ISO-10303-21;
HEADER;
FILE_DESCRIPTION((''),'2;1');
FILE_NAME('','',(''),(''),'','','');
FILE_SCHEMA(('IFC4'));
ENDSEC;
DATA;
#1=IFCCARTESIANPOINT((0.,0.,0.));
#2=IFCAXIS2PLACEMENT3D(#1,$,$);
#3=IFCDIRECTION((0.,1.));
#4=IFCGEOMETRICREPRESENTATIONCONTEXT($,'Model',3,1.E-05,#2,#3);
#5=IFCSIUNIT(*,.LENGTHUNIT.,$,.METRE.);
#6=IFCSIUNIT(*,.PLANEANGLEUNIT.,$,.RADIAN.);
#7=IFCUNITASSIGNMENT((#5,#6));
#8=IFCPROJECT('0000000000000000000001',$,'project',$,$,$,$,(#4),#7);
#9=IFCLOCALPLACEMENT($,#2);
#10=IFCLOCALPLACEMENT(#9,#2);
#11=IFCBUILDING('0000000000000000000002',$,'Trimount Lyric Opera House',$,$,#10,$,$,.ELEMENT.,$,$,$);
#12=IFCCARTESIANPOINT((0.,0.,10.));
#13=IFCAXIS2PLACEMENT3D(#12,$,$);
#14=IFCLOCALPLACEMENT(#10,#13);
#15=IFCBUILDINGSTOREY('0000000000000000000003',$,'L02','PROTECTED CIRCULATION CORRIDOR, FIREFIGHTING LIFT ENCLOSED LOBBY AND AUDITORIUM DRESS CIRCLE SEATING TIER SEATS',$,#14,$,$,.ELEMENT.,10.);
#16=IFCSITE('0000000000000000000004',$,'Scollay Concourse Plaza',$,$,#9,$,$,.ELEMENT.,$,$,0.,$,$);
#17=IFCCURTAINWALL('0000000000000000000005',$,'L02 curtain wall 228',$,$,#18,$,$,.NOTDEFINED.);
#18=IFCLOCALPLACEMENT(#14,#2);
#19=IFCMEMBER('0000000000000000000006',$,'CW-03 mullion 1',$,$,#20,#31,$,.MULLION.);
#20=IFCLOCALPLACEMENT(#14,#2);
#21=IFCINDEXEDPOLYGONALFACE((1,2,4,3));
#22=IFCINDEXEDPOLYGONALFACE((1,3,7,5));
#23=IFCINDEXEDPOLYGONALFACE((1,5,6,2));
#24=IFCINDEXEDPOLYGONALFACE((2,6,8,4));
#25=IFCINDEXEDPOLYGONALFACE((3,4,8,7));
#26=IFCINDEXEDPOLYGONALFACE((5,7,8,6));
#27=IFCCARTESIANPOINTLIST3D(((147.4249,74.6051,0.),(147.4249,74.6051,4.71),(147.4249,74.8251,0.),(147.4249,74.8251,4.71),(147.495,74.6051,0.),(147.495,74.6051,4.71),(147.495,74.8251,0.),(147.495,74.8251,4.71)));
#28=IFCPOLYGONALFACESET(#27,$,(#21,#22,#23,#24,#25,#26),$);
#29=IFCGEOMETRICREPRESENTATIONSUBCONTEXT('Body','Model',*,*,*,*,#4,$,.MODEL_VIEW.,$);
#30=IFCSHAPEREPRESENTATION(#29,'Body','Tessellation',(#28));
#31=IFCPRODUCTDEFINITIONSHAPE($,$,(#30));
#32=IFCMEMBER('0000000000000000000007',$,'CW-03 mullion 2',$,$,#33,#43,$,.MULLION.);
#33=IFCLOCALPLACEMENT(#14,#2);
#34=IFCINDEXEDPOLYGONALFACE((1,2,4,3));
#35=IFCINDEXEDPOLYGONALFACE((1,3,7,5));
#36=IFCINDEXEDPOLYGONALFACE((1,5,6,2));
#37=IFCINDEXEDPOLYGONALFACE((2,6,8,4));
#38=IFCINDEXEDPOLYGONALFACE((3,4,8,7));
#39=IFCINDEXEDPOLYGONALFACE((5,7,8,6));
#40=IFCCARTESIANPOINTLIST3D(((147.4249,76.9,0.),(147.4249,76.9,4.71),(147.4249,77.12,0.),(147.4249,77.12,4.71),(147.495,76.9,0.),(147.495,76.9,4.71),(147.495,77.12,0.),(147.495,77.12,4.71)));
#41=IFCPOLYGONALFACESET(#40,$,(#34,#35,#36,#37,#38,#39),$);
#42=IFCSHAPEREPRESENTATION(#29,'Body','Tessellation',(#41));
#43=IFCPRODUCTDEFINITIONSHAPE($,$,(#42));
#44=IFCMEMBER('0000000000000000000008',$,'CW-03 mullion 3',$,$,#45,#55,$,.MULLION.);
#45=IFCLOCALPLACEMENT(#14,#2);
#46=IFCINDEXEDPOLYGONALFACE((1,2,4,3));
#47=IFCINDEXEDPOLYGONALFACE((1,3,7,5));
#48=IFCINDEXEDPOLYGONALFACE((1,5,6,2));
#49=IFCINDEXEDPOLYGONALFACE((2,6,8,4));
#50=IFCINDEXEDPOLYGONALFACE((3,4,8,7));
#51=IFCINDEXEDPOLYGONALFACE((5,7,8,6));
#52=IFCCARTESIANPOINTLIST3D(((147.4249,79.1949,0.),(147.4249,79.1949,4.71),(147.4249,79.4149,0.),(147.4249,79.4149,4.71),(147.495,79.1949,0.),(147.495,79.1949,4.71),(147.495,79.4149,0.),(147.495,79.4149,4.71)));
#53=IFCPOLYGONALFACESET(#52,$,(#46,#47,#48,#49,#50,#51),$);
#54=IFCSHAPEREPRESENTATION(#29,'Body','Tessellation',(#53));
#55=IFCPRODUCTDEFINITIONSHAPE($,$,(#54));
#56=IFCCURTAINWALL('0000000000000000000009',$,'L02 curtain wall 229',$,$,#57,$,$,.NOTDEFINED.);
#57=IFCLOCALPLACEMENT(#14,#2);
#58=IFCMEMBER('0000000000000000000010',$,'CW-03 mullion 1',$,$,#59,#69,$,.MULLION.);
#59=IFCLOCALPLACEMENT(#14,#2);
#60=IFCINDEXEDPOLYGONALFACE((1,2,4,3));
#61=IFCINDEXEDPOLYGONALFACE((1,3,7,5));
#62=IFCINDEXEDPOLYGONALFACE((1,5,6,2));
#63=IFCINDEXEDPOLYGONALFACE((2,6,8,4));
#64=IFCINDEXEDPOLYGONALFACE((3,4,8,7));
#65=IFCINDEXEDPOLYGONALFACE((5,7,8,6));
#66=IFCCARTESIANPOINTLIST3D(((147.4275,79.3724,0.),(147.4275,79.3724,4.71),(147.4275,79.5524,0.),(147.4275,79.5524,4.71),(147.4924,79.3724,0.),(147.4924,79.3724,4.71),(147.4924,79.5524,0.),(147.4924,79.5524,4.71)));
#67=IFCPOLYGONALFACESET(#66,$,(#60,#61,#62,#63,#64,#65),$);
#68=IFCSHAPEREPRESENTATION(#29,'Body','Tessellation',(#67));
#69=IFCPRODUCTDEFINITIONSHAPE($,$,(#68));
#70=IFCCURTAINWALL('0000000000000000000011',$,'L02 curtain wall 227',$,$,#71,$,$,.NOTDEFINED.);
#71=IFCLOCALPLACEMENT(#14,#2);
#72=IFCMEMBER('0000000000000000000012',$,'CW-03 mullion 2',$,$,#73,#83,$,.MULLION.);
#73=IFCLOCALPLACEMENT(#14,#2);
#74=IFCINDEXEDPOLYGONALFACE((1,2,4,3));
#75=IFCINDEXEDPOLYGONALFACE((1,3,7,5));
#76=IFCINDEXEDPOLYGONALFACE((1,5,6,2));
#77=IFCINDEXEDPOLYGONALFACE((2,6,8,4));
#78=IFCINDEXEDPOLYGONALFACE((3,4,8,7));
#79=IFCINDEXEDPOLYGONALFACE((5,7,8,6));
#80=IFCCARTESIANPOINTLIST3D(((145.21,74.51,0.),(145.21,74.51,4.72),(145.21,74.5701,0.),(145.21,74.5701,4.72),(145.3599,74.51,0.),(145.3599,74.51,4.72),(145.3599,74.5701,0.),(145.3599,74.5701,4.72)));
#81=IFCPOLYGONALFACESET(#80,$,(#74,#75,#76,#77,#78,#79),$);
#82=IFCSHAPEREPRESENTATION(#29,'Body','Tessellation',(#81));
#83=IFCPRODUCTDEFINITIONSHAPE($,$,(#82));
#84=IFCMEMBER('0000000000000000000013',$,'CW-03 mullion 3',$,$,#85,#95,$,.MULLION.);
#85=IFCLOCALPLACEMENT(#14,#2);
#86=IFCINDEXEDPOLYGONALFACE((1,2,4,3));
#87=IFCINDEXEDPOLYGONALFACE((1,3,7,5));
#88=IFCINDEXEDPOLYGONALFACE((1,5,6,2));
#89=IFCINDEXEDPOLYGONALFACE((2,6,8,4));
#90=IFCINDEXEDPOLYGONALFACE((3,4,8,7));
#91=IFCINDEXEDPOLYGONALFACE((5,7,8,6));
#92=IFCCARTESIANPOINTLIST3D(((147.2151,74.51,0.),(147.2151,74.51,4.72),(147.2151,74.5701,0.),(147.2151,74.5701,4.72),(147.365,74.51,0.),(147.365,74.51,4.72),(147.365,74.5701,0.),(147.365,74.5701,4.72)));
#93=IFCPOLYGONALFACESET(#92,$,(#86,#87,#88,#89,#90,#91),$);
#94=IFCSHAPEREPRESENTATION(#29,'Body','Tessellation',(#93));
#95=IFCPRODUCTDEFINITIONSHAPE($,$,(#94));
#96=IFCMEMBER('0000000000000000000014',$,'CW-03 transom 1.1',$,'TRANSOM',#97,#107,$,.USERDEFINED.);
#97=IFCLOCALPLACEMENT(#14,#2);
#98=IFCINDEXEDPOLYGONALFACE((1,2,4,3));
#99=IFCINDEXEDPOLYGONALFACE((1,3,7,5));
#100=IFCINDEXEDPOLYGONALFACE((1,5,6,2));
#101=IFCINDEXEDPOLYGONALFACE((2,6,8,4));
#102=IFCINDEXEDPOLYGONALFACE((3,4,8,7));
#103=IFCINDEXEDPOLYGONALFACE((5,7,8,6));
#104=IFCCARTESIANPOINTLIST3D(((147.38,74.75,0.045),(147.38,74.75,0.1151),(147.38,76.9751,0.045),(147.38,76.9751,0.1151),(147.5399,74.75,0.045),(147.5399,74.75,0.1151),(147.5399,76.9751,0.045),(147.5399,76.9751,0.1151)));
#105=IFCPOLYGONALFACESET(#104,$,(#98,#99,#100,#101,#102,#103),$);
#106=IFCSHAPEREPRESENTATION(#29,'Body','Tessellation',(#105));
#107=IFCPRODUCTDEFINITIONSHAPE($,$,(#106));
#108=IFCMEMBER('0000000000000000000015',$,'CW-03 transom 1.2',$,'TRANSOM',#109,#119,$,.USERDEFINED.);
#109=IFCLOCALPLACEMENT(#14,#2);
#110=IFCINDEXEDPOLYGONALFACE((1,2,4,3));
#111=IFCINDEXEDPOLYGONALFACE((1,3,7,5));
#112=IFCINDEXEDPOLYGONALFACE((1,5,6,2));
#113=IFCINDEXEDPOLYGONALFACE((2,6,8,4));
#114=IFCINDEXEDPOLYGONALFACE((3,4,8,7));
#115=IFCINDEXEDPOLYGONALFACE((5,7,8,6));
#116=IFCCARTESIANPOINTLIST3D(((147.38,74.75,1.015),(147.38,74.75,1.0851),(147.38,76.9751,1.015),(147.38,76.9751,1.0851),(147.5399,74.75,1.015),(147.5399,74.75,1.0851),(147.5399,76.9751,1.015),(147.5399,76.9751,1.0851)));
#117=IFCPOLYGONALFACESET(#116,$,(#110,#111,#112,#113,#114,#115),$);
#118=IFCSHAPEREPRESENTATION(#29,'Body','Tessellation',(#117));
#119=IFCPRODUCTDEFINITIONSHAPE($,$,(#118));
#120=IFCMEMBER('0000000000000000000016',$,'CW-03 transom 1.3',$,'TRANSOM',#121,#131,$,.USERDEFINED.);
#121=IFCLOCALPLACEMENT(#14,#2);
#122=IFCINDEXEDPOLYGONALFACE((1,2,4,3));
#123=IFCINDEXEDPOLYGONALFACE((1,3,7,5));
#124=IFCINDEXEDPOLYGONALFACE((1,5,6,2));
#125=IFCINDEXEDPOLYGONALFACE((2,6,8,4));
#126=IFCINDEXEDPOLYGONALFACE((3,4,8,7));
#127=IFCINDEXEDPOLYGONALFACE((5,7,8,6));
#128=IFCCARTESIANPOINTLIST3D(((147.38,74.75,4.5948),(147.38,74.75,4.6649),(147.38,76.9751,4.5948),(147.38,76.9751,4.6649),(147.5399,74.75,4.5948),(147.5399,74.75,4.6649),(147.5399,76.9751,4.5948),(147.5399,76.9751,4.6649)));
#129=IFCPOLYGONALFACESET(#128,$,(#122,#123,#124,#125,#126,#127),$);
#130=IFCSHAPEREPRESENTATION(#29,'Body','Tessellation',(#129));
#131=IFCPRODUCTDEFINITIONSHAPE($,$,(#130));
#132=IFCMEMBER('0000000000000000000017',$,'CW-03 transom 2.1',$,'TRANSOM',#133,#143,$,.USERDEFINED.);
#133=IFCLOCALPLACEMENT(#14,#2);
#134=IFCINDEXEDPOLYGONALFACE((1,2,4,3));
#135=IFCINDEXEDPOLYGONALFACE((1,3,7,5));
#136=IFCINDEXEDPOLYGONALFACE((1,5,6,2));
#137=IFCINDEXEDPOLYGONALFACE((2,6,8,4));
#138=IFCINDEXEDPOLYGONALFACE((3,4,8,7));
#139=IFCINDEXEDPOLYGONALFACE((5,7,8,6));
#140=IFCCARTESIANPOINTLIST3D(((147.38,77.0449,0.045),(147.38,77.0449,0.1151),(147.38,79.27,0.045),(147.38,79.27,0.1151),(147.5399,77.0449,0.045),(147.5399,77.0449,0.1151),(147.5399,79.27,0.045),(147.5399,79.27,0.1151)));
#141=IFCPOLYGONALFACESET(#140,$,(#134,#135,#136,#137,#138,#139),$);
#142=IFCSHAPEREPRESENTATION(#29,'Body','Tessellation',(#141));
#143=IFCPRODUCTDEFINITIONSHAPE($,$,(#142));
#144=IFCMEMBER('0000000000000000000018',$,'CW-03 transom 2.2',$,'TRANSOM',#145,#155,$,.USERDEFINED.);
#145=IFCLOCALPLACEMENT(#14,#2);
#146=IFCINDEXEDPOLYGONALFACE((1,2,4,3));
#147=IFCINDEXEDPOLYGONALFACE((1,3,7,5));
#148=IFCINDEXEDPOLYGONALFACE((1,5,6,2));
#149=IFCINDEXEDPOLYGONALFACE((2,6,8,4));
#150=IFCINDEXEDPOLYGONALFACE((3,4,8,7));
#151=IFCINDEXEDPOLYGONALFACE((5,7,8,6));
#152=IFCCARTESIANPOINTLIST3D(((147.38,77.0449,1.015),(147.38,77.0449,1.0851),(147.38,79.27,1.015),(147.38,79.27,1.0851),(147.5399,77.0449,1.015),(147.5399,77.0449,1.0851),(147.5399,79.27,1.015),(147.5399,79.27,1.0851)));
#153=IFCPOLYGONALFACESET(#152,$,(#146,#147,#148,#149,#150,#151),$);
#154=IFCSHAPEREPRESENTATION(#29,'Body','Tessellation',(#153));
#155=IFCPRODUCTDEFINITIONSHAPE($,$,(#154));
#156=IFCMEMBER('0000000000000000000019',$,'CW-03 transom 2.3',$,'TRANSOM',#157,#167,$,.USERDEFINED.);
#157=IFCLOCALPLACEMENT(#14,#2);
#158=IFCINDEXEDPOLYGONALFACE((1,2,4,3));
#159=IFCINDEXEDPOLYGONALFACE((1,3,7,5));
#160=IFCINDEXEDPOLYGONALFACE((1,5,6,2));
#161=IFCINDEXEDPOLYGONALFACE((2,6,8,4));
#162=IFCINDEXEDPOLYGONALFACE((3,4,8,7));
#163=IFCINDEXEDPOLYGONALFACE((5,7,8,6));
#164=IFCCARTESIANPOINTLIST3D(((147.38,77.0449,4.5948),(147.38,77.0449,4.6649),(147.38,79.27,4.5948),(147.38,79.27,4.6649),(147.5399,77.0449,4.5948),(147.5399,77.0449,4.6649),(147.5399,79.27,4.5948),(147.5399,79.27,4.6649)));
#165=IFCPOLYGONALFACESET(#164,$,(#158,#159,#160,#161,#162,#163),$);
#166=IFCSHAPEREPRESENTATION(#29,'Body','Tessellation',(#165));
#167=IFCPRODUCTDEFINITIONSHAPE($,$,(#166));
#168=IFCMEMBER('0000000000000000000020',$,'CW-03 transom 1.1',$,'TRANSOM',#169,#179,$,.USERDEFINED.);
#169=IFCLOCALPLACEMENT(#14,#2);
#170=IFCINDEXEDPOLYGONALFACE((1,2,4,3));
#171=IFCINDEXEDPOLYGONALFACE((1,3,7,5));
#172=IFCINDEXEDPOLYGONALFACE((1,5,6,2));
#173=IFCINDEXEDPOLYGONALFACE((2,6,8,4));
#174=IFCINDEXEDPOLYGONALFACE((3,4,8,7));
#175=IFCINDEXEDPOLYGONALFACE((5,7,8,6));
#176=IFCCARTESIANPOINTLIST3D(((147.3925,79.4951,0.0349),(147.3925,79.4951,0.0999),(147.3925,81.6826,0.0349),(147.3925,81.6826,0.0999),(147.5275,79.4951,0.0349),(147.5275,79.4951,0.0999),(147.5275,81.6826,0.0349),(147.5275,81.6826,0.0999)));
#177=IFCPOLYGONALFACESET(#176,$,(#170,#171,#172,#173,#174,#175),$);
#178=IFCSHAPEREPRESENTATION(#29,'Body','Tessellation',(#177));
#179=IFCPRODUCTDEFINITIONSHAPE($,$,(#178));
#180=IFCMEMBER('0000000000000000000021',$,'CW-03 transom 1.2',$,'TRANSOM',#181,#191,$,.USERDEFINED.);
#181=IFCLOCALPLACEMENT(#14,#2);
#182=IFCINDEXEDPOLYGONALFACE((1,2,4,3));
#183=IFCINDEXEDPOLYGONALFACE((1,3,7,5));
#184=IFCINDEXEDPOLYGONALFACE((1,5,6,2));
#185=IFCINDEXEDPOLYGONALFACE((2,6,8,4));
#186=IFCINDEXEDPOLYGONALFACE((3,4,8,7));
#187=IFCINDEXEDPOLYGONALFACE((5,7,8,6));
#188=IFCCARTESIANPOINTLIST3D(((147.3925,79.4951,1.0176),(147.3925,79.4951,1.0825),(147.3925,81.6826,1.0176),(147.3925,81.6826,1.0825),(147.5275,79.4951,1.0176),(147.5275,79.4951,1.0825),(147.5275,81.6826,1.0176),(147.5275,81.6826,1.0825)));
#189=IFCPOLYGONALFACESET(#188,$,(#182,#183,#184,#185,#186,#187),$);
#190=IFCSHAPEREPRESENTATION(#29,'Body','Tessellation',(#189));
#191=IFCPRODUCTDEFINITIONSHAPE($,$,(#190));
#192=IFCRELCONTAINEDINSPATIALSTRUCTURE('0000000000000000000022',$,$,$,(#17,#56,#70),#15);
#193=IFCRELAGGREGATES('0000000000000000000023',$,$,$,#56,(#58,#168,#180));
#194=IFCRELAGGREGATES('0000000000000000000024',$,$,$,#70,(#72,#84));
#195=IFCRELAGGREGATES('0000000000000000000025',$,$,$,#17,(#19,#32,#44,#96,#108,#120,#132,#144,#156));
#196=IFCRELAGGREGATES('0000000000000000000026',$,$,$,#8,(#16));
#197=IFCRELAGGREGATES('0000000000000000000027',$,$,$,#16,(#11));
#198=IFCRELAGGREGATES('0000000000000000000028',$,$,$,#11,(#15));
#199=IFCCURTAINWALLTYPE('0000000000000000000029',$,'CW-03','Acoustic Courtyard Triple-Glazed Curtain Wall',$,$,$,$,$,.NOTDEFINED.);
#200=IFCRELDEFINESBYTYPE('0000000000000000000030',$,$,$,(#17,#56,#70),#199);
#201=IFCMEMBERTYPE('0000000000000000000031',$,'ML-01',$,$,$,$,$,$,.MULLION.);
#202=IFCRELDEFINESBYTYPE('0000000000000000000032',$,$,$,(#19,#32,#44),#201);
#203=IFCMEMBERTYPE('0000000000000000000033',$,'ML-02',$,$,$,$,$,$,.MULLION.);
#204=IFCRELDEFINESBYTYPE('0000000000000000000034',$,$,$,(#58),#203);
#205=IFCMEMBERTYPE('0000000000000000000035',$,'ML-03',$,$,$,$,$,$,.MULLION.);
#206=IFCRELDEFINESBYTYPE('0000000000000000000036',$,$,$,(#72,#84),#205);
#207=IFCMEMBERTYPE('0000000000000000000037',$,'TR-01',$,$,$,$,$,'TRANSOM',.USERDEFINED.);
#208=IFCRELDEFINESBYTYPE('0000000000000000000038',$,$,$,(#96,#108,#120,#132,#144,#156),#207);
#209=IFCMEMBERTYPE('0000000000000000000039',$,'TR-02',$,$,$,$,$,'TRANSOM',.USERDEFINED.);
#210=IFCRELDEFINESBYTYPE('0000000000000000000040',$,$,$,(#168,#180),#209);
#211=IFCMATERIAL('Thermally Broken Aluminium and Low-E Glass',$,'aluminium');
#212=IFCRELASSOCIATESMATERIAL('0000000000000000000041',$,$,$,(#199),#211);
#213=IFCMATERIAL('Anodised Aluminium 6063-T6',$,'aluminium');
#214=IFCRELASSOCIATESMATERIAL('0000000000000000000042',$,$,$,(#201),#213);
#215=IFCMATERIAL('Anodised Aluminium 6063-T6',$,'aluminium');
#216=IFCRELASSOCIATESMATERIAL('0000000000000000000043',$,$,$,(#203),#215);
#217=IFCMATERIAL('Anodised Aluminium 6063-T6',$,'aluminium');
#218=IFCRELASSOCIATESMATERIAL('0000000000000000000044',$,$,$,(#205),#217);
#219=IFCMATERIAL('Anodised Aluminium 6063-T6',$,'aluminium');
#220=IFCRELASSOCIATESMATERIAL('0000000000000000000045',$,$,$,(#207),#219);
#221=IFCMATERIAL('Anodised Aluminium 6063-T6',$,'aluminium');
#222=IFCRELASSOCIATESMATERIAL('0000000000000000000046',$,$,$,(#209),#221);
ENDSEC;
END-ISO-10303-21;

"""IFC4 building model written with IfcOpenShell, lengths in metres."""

from ifc_helpers import new_model, si_unit, direction, frame, origin, origin_2d, place, context, subcontext, project, spatial, rectangle, extrude, material, material_profile, profile_set, type_object, element, aggregate, save


model = new_model("IFC4")

# Units and contexts
model_context = context("Model", 3, precision=1e-05, world=origin(), true_north=direction((0.0, 1.0)))
body_context = subcontext(model_context, "Body", "Model", "MODEL_VIEW")
ifc_project = project(units=[si_unit("LENGTHUNIT", "METRE"), si_unit("PLANEANGLEUNIT", "RADIAN")], contexts=[model_context])

# Site, building, storey
site_placement = place(None, origin())
site = spatial("IfcSite", under=ifc_project, at=site_placement, Name="Scollay Concourse Plaza", CompositionType="ELEMENT", RefElevation=0.0)
building_placement = place(site_placement, origin())
building = spatial("IfcBuilding", under=site, at=building_placement, Name="Trimount Lyric Opera House", CompositionType="ELEMENT")
storey_placement = place(building_placement, frame((0.0, 0.0, 10.0)))
storey = spatial("IfcBuildingStorey", under=building, at=storey_placement, Name="L02", Description="PROTECTED CIRCULATION CORRIDOR, FIREFIGHTING LIFT ENCLOSED LOBBY AND AUDITORIUM DRESS CIRCLE SEATING TIER SEATS", CompositionType="ELEMENT", Elevation=10.0)

# Curtain wall, members
ifc_material_1 = material(Name="Thermally Broken Aluminium and Low-E Glass", Category="aluminium")
curtain_wall_type = type_object("IfcCurtainWallType", Name="CW-03", Description="Acoustic Courtyard Triple-Glazed Curtain Wall", PredefinedType="NOTDEFINED", material=ifc_material_1)
curtain_wall_1_placement = place(storey_placement, origin())
curtain_wall_1 = element("IfcCurtainWall", 1, at=curtain_wall_1_placement, inside=storey, type_object=curtain_wall_type, Name="L02 curtain wall 228", PredefinedType="NOTDEFINED")
ifc_material_2 = material(Name="Anodised Aluminium 6063-T6", Category="aluminium")
ifc_material_profile_1 = material_profile(ifc_material_2, rectangle(XDim=0.0701, YDim=0.22, at=origin_2d()), Name="ALU-MULL-70X220")
ifc_profile_set_1 = profile_set([ifc_material_profile_1], Name="Anodised Aluminium 6063-T6")
member_type_1 = type_object("IfcMemberType", Name="ML-01", PredefinedType="MULLION", material=ifc_profile_set_1)
member_1_placement = place(storey_placement, frame((147.46, 74.7151, 0.0), z_axis=(0.0, 0.0, 1.0), x_axis=(-1.0, 0.0, 0.0)))
member_1 = element("IfcMember", 2, at=member_1_placement, type_object=member_type_1, Name="CW-03 mullion 1", PredefinedType="MULLION", context=body_context, shape_type="SweptSolid", body=[
    extrude(rectangle(XDim=0.0701, YDim=0.22, at=origin_2d()), origin(), (0.0, 0.0, 1.0), 4.71),
])
member_2_placement = place(storey_placement, frame((147.46, 77.01, 0.0), z_axis=(0.0, 0.0, 1.0), x_axis=(-1.0, 0.0, 0.0)))
member_2 = element("IfcMember", 3, at=member_2_placement, type_object=member_type_1, Name="CW-03 mullion 2", PredefinedType="MULLION", context=body_context, shape_type="SweptSolid", body=[
    extrude(rectangle(XDim=0.0701, YDim=0.22, at=origin_2d()), origin(), (0.0, 0.0, 1.0), 4.71),
])
member_3_placement = place(storey_placement, frame((147.46, 79.3049, 0.0), z_axis=(0.0, 0.0, 1.0), x_axis=(-1.0, 0.0, 0.0)))
member_3 = element("IfcMember", 4, at=member_3_placement, type_object=member_type_1, Name="CW-03 mullion 3", PredefinedType="MULLION", context=body_context, shape_type="SweptSolid", body=[
    extrude(rectangle(XDim=0.0701, YDim=0.22, at=origin_2d()), origin(), (0.0, 0.0, 1.0), 4.71),
])

# Curtain wall, member
curtain_wall_2_placement = place(storey_placement, origin())
curtain_wall_2 = element("IfcCurtainWall", 5, at=curtain_wall_2_placement, inside=storey, type_object=curtain_wall_type, Name="L02 curtain wall 229", PredefinedType="NOTDEFINED")
ifc_material_3 = material(Name="Anodised Aluminium 6063-T6", Category="aluminium")
ifc_material_profile_2 = material_profile(ifc_material_3, rectangle(XDim=0.0649, YDim=0.1799, at=origin_2d()), Name="ALU-MULL-65X180")
ifc_profile_set_2 = profile_set([ifc_material_profile_2], Name="Anodised Aluminium 6063-T6")
member_type_2 = type_object("IfcMemberType", Name="ML-02", PredefinedType="MULLION", material=ifc_profile_set_2)
member_4_placement = place(storey_placement, frame((147.46, 79.4624, 0.0), z_axis=(0.0, 0.0, 1.0), x_axis=(-1.0, 0.0, 0.0)))
member_4 = element("IfcMember", 6, at=member_4_placement, type_object=member_type_2, Name="CW-03 mullion 1", PredefinedType="MULLION", context=body_context, shape_type="SweptSolid", body=[
    extrude(rectangle(XDim=0.0649, YDim=0.1799, at=origin_2d()), origin(), (0.0, 0.0, 1.0), 4.71),
])

# Curtain wall, members
curtain_wall_3_placement = place(storey_placement, origin())
curtain_wall_3 = element("IfcCurtainWall", 7, at=curtain_wall_3_placement, inside=storey, type_object=curtain_wall_type, Name="L02 curtain wall 227", PredefinedType="NOTDEFINED")
ifc_material_4 = material(Name="Anodised Aluminium 6063-T6", Category="aluminium")
ifc_material_profile_3 = material_profile(ifc_material_4, rectangle(XDim=0.0601, YDim=0.1499, at=origin_2d()), Name="ALU-MULL-60X150")
ifc_profile_set_3 = profile_set([ifc_material_profile_3], Name="Anodised Aluminium 6063-T6")
member_type_3 = type_object("IfcMemberType", Name="ML-03", PredefinedType="MULLION", material=ifc_profile_set_3)
member_5_placement = place(storey_placement, frame((145.2849, 74.54, 0.0), z_axis=(0.0, 0.0, 1.0), x_axis=(0.0, 1.0, 0.0)))
member_5 = element("IfcMember", 8, at=member_5_placement, type_object=member_type_3, Name="CW-03 mullion 2", PredefinedType="MULLION", context=body_context, shape_type="SweptSolid", body=[
    extrude(rectangle(XDim=0.0601, YDim=0.1499, at=origin_2d()), origin(), (0.0, 0.0, 1.0), 4.72),
])
member_6_placement = place(storey_placement, frame((147.29, 74.54, 0.0), z_axis=(0.0, 0.0, 1.0), x_axis=(0.0, 1.0, 0.0)))
member_6 = element("IfcMember", 9, at=member_6_placement, type_object=member_type_3, Name="CW-03 mullion 3", PredefinedType="MULLION", context=body_context, shape_type="SweptSolid", body=[
    extrude(rectangle(XDim=0.0601, YDim=0.1499, at=origin_2d()), origin(), (0.0, 0.0, 1.0), 4.72),
])

# Members
ifc_material_5 = material(Name="Anodised Aluminium 6063-T6", Category="aluminium")
ifc_material_profile_4 = material_profile(ifc_material_5, rectangle(XDim=0.1599, YDim=0.0701, at=origin_2d()), Name="ALU-TRAN-70X160")
ifc_profile_set_4 = profile_set([ifc_material_profile_4], Name="Anodised Aluminium 6063-T6")
member_type_4 = type_object("IfcMemberType", Name="TR-01", ElementType="TRANSOM", PredefinedType="USERDEFINED", material=ifc_profile_set_4)
member_7_placement = place(storey_placement, frame((147.46, 74.75, 0.0801), z_axis=(0.0, 1.0, 0.0), x_axis=(-1.0, 0.0, 0.0)))
member_7 = element("IfcMember", 10, at=member_7_placement, type_object=member_type_4, Name="CW-03 transom 1.1", ObjectType="TRANSOM", PredefinedType="USERDEFINED", context=body_context, shape_type="SweptSolid", body=[
    extrude(rectangle(XDim=0.1599, YDim=0.0701, at=origin_2d()), origin(), (0.0, 0.0, 1.0), 2.2251),
])
member_8_placement = place(storey_placement, frame((147.46, 74.75, 1.05), z_axis=(0.0, 1.0, 0.0), x_axis=(-1.0, 0.0, 0.0)))
member_8 = element("IfcMember", 11, at=member_8_placement, type_object=member_type_4, Name="CW-03 transom 1.2", ObjectType="TRANSOM", PredefinedType="USERDEFINED", context=body_context, shape_type="SweptSolid", body=[
    extrude(rectangle(XDim=0.1599, YDim=0.0701, at=origin_2d()), origin(), (0.0, 0.0, 1.0), 2.2251),
])
member_9_placement = place(storey_placement, frame((147.46, 74.75, 4.6299), z_axis=(0.0, 1.0, 0.0), x_axis=(-1.0, 0.0, 0.0)))
member_9 = element("IfcMember", 12, at=member_9_placement, type_object=member_type_4, Name="CW-03 transom 1.3", ObjectType="TRANSOM", PredefinedType="USERDEFINED", context=body_context, shape_type="SweptSolid", body=[
    extrude(rectangle(XDim=0.1599, YDim=0.0701, at=origin_2d()), origin(), (0.0, 0.0, 1.0), 2.2251),
])
member_10_placement = place(storey_placement, frame((147.46, 77.0449, 0.0801), z_axis=(0.0, 1.0, 0.0), x_axis=(-1.0, 0.0, 0.0)))
member_10 = element("IfcMember", 13, at=member_10_placement, type_object=member_type_4, Name="CW-03 transom 2.1", ObjectType="TRANSOM", PredefinedType="USERDEFINED", context=body_context, shape_type="SweptSolid", body=[
    extrude(rectangle(XDim=0.1599, YDim=0.0701, at=origin_2d()), origin(), (0.0, 0.0, 1.0), 2.2251),
])
member_11_placement = place(storey_placement, frame((147.46, 77.0449, 1.05), z_axis=(0.0, 1.0, 0.0), x_axis=(-1.0, 0.0, 0.0)))
member_11 = element("IfcMember", 14, at=member_11_placement, type_object=member_type_4, Name="CW-03 transom 2.2", ObjectType="TRANSOM", PredefinedType="USERDEFINED", context=body_context, shape_type="SweptSolid", body=[
    extrude(rectangle(XDim=0.1599, YDim=0.0701, at=origin_2d()), origin(), (0.0, 0.0, 1.0), 2.2251),
])
member_12_placement = place(storey_placement, frame((147.46, 77.0449, 4.6299), z_axis=(0.0, 1.0, 0.0), x_axis=(-1.0, 0.0, 0.0)))
member_12 = element("IfcMember", 15, at=member_12_placement, type_object=member_type_4, Name="CW-03 transom 2.3", ObjectType="TRANSOM", PredefinedType="USERDEFINED", context=body_context, shape_type="SweptSolid", body=[
    extrude(rectangle(XDim=0.1599, YDim=0.0701, at=origin_2d()), origin(), (0.0, 0.0, 1.0), 2.2251),
])
ifc_material_6 = material(Name="Anodised Aluminium 6063-T6", Category="aluminium")
ifc_material_profile_5 = material_profile(ifc_material_6, rectangle(XDim=0.135, YDim=0.0649, at=origin_2d()), Name="ALU-TRAN-65X135")
ifc_profile_set_5 = profile_set([ifc_material_profile_5], Name="Anodised Aluminium 6063-T6")
member_type_5 = type_object("IfcMemberType", Name="TR-02", ElementType="TRANSOM", PredefinedType="USERDEFINED", material=ifc_profile_set_5)
member_13_placement = place(storey_placement, frame((147.46, 79.4951, 0.0674), z_axis=(0.0, 1.0, 0.0), x_axis=(-1.0, 0.0, 0.0)))
member_13 = element("IfcMember", 16, at=member_13_placement, type_object=member_type_5, Name="CW-03 transom 1.1", ObjectType="TRANSOM", PredefinedType="USERDEFINED", context=body_context, shape_type="SweptSolid", body=[
    extrude(rectangle(XDim=0.135, YDim=0.0649, at=origin_2d()), origin(), (0.0, 0.0, 1.0), 2.1875),
])
member_14_placement = place(storey_placement, frame((147.46, 79.4951, 1.05), z_axis=(0.0, 1.0, 0.0), x_axis=(-1.0, 0.0, 0.0)))
member_14 = element("IfcMember", 17, at=member_14_placement, type_object=member_type_5, Name="CW-03 transom 1.2", ObjectType="TRANSOM", PredefinedType="USERDEFINED", context=body_context, shape_type="SweptSolid", body=[
    extrude(rectangle(XDim=0.135, YDim=0.0649, at=origin_2d()), origin(), (0.0, 0.0, 1.0), 2.1875),
])

aggregate(curtain_wall_2, [member_4, member_13, member_14])
aggregate(curtain_wall_3, [member_5, member_6])
aggregate(curtain_wall_1, [member_1, member_2, member_3, member_7, member_8, member_9, member_10, member_11, member_12])

save(model, "model.ifc")
